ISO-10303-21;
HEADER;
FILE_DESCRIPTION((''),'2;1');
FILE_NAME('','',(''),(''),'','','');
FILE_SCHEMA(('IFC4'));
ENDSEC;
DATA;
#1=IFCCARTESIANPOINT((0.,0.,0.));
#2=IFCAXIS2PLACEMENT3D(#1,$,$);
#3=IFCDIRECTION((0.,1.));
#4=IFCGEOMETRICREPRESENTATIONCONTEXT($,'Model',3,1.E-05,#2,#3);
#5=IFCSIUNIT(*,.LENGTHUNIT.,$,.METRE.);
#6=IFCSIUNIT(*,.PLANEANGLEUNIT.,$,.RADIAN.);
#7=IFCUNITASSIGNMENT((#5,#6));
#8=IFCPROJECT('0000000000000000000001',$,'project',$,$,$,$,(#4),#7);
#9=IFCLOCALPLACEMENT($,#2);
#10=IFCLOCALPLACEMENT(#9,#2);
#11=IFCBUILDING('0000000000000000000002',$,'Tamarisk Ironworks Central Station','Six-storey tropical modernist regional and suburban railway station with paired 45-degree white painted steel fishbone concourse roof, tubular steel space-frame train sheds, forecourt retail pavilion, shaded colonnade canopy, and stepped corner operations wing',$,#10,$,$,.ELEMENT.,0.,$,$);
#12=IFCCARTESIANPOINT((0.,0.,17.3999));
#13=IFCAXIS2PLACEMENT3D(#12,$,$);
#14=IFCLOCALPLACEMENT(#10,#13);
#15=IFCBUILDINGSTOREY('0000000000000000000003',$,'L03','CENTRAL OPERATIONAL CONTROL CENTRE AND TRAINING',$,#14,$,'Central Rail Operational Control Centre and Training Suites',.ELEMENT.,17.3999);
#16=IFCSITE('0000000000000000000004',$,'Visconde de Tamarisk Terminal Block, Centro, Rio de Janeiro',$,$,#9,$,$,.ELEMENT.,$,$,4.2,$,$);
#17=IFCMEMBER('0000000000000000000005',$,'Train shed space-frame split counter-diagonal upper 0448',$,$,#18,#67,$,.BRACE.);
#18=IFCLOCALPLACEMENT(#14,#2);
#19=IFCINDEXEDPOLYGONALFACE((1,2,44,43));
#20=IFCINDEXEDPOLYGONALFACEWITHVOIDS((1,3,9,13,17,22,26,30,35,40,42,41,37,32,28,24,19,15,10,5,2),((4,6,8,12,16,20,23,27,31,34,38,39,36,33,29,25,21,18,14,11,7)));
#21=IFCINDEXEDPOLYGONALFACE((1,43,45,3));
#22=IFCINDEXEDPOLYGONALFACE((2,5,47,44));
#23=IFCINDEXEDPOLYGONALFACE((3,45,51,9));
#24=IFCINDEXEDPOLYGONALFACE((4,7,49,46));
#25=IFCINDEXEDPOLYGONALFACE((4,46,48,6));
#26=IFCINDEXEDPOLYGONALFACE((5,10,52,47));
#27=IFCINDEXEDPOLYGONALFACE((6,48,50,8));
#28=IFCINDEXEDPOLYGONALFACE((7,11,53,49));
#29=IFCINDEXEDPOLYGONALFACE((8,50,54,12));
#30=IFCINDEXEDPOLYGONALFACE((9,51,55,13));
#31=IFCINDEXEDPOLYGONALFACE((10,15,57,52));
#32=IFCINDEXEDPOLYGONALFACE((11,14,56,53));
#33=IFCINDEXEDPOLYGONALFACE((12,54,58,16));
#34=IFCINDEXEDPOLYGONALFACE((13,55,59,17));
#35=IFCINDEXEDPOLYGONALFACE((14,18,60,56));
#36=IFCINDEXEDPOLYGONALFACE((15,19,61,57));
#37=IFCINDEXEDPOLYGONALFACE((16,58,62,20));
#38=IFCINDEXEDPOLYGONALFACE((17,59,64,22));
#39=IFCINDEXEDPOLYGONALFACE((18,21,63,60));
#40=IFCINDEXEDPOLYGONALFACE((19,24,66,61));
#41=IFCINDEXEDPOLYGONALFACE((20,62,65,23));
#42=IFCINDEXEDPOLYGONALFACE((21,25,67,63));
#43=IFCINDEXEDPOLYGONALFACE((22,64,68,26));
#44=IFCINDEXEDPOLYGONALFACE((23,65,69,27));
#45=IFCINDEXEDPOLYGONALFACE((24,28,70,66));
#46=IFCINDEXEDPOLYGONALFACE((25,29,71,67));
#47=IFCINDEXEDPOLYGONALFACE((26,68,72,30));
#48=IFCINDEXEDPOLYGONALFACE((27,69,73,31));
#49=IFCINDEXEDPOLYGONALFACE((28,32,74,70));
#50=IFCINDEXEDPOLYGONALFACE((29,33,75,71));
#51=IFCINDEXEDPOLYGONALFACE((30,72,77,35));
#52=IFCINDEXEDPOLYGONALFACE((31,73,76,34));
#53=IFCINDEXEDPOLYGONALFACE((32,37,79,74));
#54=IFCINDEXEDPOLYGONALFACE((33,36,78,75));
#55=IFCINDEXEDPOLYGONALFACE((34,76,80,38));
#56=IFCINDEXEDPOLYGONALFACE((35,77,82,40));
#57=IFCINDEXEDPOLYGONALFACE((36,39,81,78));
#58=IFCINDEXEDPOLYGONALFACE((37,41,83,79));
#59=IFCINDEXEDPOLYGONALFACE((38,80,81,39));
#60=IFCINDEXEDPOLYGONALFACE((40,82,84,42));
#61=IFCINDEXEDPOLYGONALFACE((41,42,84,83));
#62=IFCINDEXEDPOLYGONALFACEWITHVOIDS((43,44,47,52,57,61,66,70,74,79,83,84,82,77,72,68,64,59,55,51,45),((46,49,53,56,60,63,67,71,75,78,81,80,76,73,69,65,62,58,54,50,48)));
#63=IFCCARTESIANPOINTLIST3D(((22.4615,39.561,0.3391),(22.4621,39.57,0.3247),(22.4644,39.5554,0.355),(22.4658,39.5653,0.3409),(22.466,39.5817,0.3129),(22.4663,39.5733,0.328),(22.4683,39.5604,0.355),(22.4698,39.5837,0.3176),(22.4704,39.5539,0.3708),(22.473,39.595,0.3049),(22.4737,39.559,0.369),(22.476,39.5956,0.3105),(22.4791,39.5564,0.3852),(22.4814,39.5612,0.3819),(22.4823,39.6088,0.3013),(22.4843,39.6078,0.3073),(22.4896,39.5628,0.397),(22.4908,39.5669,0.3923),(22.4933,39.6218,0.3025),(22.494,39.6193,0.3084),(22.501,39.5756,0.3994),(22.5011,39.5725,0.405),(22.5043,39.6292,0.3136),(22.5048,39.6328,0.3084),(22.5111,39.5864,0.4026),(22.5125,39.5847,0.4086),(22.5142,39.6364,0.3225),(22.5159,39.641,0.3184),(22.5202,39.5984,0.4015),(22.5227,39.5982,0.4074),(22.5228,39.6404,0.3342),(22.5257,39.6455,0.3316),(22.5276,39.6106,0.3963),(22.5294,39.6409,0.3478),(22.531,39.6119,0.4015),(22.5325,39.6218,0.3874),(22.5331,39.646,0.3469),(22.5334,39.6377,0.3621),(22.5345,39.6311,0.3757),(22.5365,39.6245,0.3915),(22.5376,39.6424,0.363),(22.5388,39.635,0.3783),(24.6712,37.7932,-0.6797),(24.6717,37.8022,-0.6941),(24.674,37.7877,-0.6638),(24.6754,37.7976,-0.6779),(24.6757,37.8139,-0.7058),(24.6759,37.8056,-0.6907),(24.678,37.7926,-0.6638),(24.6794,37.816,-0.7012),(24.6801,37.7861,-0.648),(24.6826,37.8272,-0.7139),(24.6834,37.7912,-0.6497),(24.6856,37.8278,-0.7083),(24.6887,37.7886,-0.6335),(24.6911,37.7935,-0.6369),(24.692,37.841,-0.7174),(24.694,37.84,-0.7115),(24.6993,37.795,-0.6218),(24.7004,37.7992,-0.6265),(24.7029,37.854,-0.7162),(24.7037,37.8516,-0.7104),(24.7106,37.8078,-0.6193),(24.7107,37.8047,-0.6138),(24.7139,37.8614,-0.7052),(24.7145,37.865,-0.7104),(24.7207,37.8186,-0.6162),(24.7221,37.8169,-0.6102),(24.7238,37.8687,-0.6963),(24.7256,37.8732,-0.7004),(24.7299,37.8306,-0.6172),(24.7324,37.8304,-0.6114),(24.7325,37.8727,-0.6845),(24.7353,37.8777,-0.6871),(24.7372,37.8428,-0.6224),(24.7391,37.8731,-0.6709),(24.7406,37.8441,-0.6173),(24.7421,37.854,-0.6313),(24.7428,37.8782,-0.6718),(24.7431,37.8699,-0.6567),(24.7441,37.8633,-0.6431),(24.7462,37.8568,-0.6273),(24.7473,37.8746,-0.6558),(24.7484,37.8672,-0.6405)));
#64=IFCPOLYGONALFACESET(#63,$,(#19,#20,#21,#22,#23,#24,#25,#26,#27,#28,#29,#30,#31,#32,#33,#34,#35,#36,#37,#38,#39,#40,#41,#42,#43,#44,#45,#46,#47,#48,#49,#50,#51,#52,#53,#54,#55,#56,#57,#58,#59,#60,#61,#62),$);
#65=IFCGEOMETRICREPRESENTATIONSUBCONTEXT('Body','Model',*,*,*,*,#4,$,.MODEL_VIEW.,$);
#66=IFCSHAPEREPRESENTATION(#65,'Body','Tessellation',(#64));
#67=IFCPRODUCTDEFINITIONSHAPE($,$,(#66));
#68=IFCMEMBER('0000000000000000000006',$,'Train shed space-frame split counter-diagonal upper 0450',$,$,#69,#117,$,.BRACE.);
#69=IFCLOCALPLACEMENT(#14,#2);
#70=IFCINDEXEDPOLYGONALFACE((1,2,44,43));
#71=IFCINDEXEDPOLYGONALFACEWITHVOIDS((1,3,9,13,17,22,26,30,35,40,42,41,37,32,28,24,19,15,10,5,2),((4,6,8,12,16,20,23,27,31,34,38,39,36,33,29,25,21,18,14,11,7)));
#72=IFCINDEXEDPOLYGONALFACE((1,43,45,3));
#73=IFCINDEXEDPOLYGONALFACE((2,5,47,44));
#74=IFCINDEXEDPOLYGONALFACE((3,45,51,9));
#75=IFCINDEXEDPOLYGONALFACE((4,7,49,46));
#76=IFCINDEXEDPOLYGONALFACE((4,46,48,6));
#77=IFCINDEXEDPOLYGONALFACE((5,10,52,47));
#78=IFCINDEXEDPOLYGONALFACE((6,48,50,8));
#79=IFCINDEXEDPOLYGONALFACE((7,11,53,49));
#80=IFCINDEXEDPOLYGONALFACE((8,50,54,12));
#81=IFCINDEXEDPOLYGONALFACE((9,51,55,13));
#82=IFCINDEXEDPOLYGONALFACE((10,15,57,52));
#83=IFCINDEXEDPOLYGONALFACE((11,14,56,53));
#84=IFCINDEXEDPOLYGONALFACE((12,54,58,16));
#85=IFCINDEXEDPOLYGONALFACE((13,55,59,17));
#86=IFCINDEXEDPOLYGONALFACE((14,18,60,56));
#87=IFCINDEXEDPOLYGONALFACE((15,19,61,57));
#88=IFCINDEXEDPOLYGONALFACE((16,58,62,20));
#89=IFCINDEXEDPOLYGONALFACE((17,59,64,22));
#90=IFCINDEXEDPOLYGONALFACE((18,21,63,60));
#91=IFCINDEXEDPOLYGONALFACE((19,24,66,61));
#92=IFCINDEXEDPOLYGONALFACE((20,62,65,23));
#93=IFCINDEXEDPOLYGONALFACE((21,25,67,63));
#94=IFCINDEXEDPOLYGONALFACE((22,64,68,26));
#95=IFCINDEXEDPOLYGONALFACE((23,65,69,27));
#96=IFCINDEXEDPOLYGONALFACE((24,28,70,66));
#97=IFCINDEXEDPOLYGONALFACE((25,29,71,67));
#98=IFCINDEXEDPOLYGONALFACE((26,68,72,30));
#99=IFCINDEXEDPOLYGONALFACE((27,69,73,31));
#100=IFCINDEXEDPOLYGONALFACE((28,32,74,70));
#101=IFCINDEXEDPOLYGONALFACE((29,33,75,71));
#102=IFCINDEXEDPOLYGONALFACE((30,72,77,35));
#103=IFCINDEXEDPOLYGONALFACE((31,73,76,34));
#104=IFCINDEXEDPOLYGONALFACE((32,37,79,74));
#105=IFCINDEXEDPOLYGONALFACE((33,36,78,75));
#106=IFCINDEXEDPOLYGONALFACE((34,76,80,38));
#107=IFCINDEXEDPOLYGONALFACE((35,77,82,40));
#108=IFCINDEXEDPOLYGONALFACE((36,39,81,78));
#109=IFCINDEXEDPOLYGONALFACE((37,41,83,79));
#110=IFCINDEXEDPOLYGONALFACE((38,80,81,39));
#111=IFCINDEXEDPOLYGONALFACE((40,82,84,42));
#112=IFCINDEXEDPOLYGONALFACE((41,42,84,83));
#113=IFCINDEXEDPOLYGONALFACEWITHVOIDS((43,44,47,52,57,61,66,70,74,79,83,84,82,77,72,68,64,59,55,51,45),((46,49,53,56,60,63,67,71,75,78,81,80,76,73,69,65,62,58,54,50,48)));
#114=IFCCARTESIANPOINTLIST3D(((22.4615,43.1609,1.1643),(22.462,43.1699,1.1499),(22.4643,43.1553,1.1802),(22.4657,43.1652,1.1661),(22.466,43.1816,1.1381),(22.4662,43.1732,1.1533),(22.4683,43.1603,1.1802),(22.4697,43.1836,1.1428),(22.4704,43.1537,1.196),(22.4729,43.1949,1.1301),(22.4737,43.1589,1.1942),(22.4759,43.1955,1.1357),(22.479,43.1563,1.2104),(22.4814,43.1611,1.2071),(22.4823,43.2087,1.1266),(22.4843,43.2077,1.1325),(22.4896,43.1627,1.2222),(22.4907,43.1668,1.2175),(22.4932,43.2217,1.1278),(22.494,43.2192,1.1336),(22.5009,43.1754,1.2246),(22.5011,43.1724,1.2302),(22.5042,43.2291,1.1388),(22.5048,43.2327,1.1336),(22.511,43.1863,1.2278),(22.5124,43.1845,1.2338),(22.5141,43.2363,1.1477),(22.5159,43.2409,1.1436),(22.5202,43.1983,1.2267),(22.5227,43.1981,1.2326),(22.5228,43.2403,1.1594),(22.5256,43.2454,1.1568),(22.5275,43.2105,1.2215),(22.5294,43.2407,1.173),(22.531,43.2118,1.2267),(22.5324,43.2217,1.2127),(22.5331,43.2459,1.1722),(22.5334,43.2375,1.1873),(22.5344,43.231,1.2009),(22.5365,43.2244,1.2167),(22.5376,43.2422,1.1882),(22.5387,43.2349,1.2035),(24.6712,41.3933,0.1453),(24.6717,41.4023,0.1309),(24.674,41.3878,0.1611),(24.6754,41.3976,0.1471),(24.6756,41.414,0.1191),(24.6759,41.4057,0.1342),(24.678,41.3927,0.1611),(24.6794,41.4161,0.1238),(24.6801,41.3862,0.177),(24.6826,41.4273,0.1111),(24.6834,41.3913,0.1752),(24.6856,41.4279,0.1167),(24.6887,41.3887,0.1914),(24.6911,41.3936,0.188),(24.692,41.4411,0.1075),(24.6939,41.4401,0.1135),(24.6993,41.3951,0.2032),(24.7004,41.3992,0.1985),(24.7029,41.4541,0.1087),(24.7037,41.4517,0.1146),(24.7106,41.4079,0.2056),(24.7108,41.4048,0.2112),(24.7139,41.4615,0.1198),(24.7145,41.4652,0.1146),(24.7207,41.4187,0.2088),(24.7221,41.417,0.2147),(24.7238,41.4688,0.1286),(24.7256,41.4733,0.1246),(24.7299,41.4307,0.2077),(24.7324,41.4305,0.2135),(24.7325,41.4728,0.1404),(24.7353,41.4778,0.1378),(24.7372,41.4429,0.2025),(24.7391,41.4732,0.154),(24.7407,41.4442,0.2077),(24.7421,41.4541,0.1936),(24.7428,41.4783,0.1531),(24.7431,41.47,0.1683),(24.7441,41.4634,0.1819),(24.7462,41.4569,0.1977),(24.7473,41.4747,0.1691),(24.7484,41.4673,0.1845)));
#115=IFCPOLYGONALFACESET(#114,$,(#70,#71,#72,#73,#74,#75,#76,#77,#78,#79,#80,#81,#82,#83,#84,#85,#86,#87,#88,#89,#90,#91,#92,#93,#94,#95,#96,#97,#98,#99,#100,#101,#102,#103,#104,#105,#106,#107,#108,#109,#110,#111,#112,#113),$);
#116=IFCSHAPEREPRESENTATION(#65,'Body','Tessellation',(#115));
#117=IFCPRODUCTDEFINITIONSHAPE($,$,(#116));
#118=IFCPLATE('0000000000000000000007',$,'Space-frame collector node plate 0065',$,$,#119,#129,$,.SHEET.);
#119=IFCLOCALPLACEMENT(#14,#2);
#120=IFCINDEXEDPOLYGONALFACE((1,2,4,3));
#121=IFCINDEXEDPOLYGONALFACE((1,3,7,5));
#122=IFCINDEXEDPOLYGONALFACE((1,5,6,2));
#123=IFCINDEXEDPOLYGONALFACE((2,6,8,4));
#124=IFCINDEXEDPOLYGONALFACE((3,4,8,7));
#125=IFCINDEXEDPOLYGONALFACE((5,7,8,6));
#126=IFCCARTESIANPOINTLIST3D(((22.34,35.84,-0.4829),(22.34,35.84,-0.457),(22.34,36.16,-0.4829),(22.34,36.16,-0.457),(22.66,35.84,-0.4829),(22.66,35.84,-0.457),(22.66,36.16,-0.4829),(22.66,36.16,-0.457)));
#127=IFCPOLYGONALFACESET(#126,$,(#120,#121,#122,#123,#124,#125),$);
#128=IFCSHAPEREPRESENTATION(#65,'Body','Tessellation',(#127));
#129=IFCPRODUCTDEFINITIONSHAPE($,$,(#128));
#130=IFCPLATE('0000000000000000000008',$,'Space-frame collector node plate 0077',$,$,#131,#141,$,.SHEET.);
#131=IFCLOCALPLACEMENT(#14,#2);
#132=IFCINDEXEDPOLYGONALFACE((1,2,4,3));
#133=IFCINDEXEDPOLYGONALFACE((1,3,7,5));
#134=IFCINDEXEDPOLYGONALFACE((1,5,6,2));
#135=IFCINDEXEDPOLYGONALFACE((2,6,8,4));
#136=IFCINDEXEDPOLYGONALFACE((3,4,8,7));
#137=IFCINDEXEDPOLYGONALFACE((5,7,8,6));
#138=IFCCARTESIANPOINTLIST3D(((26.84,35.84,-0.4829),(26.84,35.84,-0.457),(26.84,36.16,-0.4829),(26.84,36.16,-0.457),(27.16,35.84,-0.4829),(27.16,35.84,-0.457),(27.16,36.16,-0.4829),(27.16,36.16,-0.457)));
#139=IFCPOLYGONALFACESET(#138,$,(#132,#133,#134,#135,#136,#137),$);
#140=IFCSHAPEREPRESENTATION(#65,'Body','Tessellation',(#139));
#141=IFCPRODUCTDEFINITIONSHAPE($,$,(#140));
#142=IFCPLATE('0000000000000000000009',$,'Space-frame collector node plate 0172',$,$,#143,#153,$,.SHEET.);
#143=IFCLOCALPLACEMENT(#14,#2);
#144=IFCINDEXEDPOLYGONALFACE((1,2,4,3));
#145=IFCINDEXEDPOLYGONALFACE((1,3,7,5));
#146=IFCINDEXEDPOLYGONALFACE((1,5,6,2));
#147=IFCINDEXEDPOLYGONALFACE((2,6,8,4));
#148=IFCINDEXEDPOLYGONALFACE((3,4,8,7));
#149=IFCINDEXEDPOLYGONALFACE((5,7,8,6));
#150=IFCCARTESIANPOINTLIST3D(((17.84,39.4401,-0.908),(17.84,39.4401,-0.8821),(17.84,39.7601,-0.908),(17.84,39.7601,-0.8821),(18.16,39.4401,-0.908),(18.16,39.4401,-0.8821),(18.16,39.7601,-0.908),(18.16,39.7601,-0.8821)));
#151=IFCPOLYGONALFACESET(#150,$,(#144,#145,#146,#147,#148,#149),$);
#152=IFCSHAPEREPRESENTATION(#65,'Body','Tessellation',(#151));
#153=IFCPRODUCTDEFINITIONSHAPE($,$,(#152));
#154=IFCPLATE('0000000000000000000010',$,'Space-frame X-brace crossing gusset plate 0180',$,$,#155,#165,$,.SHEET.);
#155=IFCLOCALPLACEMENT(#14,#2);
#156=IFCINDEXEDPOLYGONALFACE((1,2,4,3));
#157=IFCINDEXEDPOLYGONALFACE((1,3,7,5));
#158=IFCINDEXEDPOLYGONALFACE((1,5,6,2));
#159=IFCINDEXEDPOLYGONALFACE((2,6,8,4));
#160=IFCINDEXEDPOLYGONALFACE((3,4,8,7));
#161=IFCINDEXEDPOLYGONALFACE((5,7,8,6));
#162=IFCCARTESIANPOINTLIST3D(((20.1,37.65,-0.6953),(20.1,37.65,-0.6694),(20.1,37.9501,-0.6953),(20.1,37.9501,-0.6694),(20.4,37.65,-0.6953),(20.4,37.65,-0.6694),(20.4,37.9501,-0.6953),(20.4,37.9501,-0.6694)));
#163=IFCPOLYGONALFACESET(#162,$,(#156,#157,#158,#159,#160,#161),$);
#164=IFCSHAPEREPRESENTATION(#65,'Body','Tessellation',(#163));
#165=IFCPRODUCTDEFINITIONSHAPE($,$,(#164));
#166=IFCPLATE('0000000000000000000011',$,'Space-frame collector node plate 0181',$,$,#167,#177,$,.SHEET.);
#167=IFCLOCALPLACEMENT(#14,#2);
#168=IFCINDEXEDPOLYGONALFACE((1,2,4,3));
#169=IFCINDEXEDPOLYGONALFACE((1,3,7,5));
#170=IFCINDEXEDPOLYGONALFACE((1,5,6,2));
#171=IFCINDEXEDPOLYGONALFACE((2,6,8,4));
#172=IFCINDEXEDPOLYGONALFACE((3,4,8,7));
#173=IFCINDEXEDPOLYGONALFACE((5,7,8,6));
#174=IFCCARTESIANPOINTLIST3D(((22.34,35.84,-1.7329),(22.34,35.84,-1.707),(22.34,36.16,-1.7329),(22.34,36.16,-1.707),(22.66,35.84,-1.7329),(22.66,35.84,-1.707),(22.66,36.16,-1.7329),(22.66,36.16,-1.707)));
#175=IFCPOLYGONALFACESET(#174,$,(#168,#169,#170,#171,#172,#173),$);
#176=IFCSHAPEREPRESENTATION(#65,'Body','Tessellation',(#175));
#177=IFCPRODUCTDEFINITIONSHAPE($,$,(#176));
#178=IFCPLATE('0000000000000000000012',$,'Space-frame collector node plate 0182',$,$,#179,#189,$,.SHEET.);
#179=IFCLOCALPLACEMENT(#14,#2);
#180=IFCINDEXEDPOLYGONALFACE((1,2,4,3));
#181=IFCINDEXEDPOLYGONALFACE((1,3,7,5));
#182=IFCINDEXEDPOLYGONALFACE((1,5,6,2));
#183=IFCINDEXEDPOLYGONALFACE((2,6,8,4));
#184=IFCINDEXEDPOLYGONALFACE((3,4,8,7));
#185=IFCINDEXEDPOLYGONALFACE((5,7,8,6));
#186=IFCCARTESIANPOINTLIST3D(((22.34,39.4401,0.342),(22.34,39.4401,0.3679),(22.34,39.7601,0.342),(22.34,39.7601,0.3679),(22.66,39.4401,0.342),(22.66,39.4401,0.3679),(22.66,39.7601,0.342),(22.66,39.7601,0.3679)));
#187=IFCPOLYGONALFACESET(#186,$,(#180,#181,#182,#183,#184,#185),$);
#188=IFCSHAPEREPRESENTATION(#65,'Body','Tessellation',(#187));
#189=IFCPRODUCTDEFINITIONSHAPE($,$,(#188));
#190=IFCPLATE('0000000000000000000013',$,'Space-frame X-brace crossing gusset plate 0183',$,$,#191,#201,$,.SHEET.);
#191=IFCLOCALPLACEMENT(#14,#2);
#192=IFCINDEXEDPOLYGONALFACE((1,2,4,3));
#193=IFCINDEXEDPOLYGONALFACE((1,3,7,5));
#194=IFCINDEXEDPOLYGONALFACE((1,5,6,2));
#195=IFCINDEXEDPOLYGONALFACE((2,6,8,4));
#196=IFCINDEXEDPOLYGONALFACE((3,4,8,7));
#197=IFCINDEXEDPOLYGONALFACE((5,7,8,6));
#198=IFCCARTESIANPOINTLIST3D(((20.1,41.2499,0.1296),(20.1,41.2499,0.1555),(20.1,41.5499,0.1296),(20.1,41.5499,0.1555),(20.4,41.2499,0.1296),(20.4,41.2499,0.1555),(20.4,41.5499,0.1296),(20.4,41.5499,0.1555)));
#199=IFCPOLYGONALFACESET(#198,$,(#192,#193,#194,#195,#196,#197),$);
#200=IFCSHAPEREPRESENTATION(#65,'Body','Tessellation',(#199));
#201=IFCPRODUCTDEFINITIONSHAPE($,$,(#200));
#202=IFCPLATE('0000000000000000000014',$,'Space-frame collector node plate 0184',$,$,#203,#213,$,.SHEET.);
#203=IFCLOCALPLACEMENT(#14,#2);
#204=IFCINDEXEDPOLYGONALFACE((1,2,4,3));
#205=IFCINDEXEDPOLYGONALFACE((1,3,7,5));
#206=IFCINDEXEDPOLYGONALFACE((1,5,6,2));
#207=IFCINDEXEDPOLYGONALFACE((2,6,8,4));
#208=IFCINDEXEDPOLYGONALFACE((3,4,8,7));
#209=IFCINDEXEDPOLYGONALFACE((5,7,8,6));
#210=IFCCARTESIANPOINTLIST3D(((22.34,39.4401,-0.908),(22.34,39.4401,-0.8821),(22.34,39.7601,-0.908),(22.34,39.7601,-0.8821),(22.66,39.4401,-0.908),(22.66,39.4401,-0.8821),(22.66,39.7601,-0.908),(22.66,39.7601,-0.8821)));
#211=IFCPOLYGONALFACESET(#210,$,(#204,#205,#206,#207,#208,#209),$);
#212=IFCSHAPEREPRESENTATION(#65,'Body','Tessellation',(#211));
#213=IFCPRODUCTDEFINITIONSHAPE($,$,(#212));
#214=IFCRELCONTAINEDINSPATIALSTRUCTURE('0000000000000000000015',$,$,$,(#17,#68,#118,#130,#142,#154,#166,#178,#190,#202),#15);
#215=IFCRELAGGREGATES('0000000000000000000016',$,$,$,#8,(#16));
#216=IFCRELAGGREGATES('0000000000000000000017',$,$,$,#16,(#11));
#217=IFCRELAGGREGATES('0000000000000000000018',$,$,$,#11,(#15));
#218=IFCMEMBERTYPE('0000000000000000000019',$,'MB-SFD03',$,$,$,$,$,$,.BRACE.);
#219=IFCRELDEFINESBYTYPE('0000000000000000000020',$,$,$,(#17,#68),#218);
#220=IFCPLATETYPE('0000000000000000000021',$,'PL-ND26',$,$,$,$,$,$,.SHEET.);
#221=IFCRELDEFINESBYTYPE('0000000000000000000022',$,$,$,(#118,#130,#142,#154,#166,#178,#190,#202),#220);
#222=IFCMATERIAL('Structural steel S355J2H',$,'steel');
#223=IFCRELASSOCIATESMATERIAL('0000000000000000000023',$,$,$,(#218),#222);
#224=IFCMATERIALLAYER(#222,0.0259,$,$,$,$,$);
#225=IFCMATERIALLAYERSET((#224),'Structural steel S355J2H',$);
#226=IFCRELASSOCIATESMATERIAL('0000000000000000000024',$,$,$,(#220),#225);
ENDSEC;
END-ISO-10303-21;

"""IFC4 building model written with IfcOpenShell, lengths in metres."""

from ifc_helpers import new_model, si_unit, direction, frame, origin, origin_2d, place, context, subcontext, project, spatial, rectangle, hollow_circle, extrude, material, layer, layer_set, material_profile, profile_set, type_object, element, save


model = new_model("IFC4")

# Units and contexts
model_context = context("Model", 3, precision=1e-05, world=origin(), true_north=direction((0.0, 1.0)))
body_context = subcontext(model_context, "Body", "Model", "MODEL_VIEW")
ifc_project = project(units=[si_unit("LENGTHUNIT", "METRE"), si_unit("PLANEANGLEUNIT", "RADIAN")], contexts=[model_context])

# Site, building, storey
site_placement = place(None, origin())
site = spatial("IfcSite", under=ifc_project, at=site_placement, Name="Visconde de Tamarisk Terminal Block, Centro, Rio de Janeiro", CompositionType="ELEMENT", RefElevation=4.2)
building_placement = place(site_placement, origin())
building = spatial("IfcBuilding", under=site, at=building_placement, Name="Tamarisk Ironworks Central Station", Description="Six-storey tropical modernist regional and suburban railway station with paired 45-degree white painted steel fishbone concourse roof, tubular steel space-frame train sheds, forecourt retail pavilion, shaded colonnade canopy, and stepped corner operations wing", CompositionType="ELEMENT", ElevationOfRefHeight=0.0)
storey_placement = place(building_placement, frame((0.0, 0.0, 17.3999)))
storey = spatial("IfcBuildingStorey", under=building, at=storey_placement, Name="L03", Description="CENTRAL OPERATIONAL CONTROL CENTRE AND TRAINING", LongName="Central Rail Operational Control Centre and Training Suites", CompositionType="ELEMENT", Elevation=17.3999)

# Members
ifc_material_1 = material(Name="Structural steel S355J2H", Category="steel")
ifc_material_profile_1 = material_profile(ifc_material_1, hollow_circle(Radius=0.0571, WallThickness=0.0063, at=origin_2d()), Name="CHS 114.3x6.3")
ifc_profile_set_1 = profile_set([ifc_material_profile_1], Name="Structural steel S355J2H")
member_type_1 = type_object("IfcMemberType", Name="MB-SFD03", PredefinedType="BRACE", material=ifc_profile_set_1)
for number, where, z_axis, x_axis, name in (
    (1, (24.7097, 37.8323, -0.6638), (-0.734697, 0.587774, 0.338735), (-0.624706, -0.78086, 0.0), "Train shed space-frame split counter-diagonal upper 0448"),
    (2, (24.7097, 41.4324, 0.1611), (-0.734712, 0.587705, 0.338823), (-0.624653, -0.780902, 0.0), "Train shed space-frame split counter-diagonal upper 0450"),
):
    element("IfcMember", number, at=place(storey_placement, frame(where, z_axis=z_axis, x_axis=x_axis)), inside=storey, type_object=member_type_1, Name=name, PredefinedType="BRACE", context=body_context, shape_type="SweptSolid", body=[
        extrude(hollow_circle(Radius=0.0571, WallThickness=0.0063, at=origin_2d()), origin(), (0.0, 0.0, 1.0), 3.0076),
    ])

# Plates
ifc_layer = layer(ifc_material_1, 0.0259)
ifc_layer_set = layer_set([ifc_layer], Name="Structural steel S355J2H")
plate_type = type_object("IfcPlateType", Name="PL-ND26", PredefinedType="SHEET", material=ifc_layer_set)
for number, where, z_axis, x_axis, name in (
    (3, (22.5, 36.0, -0.4829), (0.0, 0.0, 1.0), (1.0, 0.0, 0.0), "Space-frame collector node plate 0065"),
    (4, (27.0, 36.0, -0.4829), (0.0, 0.0, 1.0), (1.0, 0.0, 0.0), "Space-frame collector node plate 0077"),
    (5, (18.0, 39.6001, -0.908), (0.0, 0.0, 1.0), (1.0, 0.0, 0.0), "Space-frame collector node plate 0172"),
):
    element("IfcPlate", number, at=place(storey_placement, frame(where, z_axis=z_axis, x_axis=x_axis)), inside=storey, type_object=plate_type, Name=name, PredefinedType="SHEET", context=body_context, shape_type="SweptSolid", body=[
        extrude(rectangle(XDim=0.3201, YDim=0.3201, at=origin_2d()), origin(), (0.0, 0.0, 1.0), 0.0259),
    ])
plate_1_placement = place(storey_placement, frame((20.25, 37.8, -0.6953), z_axis=(0.0, 0.0, 1.0), x_axis=(1.0, 0.0, 0.0)))
element("IfcPlate", 6, at=plate_1_placement, inside=storey, type_object=plate_type, Name="Space-frame X-brace crossing gusset plate 0180", PredefinedType="SHEET", context=body_context, shape_type="SweptSolid", body=[
    extrude(rectangle(XDim=0.3, YDim=0.3, at=origin_2d()), origin(), (0.0, 0.0, 1.0), 0.0259),
])
for number, where, z_axis, x_axis, name in (
    (7, (22.5, 36.0, -1.7329), (0.0, 0.0, 1.0), (1.0, 0.0, 0.0), "Space-frame collector node plate 0181"),
    (8, (22.5, 39.6001, 0.342), (0.0, 0.0, 1.0), (1.0, 0.0, 0.0), "Space-frame collector node plate 0182"),
):
    element("IfcPlate", number, at=place(storey_placement, frame(where, z_axis=z_axis, x_axis=x_axis)), inside=storey, type_object=plate_type, Name=name, PredefinedType="SHEET", context=body_context, shape_type="SweptSolid", body=[
        extrude(rectangle(XDim=0.3201, YDim=0.3201, at=origin_2d()), origin(), (0.0, 0.0, 1.0), 0.0259),
    ])
plate_2_placement = place(storey_placement, frame((20.25, 41.3999, 0.1296), z_axis=(0.0, 0.0, 1.0), x_axis=(1.0, 0.0, 0.0)))
element("IfcPlate", 9, at=plate_2_placement, inside=storey, type_object=plate_type, Name="Space-frame X-brace crossing gusset plate 0183", PredefinedType="SHEET", context=body_context, shape_type="SweptSolid", body=[
    extrude(rectangle(XDim=0.3, YDim=0.3, at=origin_2d()), origin(), (0.0, 0.0, 1.0), 0.0259),
])
plate_3_placement = place(storey_placement, frame((22.5, 39.6001, -0.908), z_axis=(0.0, 0.0, 1.0), x_axis=(1.0, 0.0, 0.0)))
element("IfcPlate", 10, at=plate_3_placement, inside=storey, type_object=plate_type, Name="Space-frame collector node plate 0184", PredefinedType="SHEET", context=body_context, shape_type="SweptSolid", body=[
    extrude(rectangle(XDim=0.3201, YDim=0.3201, at=origin_2d()), origin(), (0.0, 0.0, 1.0), 0.0259),
])

save(model, "model.ifc")
